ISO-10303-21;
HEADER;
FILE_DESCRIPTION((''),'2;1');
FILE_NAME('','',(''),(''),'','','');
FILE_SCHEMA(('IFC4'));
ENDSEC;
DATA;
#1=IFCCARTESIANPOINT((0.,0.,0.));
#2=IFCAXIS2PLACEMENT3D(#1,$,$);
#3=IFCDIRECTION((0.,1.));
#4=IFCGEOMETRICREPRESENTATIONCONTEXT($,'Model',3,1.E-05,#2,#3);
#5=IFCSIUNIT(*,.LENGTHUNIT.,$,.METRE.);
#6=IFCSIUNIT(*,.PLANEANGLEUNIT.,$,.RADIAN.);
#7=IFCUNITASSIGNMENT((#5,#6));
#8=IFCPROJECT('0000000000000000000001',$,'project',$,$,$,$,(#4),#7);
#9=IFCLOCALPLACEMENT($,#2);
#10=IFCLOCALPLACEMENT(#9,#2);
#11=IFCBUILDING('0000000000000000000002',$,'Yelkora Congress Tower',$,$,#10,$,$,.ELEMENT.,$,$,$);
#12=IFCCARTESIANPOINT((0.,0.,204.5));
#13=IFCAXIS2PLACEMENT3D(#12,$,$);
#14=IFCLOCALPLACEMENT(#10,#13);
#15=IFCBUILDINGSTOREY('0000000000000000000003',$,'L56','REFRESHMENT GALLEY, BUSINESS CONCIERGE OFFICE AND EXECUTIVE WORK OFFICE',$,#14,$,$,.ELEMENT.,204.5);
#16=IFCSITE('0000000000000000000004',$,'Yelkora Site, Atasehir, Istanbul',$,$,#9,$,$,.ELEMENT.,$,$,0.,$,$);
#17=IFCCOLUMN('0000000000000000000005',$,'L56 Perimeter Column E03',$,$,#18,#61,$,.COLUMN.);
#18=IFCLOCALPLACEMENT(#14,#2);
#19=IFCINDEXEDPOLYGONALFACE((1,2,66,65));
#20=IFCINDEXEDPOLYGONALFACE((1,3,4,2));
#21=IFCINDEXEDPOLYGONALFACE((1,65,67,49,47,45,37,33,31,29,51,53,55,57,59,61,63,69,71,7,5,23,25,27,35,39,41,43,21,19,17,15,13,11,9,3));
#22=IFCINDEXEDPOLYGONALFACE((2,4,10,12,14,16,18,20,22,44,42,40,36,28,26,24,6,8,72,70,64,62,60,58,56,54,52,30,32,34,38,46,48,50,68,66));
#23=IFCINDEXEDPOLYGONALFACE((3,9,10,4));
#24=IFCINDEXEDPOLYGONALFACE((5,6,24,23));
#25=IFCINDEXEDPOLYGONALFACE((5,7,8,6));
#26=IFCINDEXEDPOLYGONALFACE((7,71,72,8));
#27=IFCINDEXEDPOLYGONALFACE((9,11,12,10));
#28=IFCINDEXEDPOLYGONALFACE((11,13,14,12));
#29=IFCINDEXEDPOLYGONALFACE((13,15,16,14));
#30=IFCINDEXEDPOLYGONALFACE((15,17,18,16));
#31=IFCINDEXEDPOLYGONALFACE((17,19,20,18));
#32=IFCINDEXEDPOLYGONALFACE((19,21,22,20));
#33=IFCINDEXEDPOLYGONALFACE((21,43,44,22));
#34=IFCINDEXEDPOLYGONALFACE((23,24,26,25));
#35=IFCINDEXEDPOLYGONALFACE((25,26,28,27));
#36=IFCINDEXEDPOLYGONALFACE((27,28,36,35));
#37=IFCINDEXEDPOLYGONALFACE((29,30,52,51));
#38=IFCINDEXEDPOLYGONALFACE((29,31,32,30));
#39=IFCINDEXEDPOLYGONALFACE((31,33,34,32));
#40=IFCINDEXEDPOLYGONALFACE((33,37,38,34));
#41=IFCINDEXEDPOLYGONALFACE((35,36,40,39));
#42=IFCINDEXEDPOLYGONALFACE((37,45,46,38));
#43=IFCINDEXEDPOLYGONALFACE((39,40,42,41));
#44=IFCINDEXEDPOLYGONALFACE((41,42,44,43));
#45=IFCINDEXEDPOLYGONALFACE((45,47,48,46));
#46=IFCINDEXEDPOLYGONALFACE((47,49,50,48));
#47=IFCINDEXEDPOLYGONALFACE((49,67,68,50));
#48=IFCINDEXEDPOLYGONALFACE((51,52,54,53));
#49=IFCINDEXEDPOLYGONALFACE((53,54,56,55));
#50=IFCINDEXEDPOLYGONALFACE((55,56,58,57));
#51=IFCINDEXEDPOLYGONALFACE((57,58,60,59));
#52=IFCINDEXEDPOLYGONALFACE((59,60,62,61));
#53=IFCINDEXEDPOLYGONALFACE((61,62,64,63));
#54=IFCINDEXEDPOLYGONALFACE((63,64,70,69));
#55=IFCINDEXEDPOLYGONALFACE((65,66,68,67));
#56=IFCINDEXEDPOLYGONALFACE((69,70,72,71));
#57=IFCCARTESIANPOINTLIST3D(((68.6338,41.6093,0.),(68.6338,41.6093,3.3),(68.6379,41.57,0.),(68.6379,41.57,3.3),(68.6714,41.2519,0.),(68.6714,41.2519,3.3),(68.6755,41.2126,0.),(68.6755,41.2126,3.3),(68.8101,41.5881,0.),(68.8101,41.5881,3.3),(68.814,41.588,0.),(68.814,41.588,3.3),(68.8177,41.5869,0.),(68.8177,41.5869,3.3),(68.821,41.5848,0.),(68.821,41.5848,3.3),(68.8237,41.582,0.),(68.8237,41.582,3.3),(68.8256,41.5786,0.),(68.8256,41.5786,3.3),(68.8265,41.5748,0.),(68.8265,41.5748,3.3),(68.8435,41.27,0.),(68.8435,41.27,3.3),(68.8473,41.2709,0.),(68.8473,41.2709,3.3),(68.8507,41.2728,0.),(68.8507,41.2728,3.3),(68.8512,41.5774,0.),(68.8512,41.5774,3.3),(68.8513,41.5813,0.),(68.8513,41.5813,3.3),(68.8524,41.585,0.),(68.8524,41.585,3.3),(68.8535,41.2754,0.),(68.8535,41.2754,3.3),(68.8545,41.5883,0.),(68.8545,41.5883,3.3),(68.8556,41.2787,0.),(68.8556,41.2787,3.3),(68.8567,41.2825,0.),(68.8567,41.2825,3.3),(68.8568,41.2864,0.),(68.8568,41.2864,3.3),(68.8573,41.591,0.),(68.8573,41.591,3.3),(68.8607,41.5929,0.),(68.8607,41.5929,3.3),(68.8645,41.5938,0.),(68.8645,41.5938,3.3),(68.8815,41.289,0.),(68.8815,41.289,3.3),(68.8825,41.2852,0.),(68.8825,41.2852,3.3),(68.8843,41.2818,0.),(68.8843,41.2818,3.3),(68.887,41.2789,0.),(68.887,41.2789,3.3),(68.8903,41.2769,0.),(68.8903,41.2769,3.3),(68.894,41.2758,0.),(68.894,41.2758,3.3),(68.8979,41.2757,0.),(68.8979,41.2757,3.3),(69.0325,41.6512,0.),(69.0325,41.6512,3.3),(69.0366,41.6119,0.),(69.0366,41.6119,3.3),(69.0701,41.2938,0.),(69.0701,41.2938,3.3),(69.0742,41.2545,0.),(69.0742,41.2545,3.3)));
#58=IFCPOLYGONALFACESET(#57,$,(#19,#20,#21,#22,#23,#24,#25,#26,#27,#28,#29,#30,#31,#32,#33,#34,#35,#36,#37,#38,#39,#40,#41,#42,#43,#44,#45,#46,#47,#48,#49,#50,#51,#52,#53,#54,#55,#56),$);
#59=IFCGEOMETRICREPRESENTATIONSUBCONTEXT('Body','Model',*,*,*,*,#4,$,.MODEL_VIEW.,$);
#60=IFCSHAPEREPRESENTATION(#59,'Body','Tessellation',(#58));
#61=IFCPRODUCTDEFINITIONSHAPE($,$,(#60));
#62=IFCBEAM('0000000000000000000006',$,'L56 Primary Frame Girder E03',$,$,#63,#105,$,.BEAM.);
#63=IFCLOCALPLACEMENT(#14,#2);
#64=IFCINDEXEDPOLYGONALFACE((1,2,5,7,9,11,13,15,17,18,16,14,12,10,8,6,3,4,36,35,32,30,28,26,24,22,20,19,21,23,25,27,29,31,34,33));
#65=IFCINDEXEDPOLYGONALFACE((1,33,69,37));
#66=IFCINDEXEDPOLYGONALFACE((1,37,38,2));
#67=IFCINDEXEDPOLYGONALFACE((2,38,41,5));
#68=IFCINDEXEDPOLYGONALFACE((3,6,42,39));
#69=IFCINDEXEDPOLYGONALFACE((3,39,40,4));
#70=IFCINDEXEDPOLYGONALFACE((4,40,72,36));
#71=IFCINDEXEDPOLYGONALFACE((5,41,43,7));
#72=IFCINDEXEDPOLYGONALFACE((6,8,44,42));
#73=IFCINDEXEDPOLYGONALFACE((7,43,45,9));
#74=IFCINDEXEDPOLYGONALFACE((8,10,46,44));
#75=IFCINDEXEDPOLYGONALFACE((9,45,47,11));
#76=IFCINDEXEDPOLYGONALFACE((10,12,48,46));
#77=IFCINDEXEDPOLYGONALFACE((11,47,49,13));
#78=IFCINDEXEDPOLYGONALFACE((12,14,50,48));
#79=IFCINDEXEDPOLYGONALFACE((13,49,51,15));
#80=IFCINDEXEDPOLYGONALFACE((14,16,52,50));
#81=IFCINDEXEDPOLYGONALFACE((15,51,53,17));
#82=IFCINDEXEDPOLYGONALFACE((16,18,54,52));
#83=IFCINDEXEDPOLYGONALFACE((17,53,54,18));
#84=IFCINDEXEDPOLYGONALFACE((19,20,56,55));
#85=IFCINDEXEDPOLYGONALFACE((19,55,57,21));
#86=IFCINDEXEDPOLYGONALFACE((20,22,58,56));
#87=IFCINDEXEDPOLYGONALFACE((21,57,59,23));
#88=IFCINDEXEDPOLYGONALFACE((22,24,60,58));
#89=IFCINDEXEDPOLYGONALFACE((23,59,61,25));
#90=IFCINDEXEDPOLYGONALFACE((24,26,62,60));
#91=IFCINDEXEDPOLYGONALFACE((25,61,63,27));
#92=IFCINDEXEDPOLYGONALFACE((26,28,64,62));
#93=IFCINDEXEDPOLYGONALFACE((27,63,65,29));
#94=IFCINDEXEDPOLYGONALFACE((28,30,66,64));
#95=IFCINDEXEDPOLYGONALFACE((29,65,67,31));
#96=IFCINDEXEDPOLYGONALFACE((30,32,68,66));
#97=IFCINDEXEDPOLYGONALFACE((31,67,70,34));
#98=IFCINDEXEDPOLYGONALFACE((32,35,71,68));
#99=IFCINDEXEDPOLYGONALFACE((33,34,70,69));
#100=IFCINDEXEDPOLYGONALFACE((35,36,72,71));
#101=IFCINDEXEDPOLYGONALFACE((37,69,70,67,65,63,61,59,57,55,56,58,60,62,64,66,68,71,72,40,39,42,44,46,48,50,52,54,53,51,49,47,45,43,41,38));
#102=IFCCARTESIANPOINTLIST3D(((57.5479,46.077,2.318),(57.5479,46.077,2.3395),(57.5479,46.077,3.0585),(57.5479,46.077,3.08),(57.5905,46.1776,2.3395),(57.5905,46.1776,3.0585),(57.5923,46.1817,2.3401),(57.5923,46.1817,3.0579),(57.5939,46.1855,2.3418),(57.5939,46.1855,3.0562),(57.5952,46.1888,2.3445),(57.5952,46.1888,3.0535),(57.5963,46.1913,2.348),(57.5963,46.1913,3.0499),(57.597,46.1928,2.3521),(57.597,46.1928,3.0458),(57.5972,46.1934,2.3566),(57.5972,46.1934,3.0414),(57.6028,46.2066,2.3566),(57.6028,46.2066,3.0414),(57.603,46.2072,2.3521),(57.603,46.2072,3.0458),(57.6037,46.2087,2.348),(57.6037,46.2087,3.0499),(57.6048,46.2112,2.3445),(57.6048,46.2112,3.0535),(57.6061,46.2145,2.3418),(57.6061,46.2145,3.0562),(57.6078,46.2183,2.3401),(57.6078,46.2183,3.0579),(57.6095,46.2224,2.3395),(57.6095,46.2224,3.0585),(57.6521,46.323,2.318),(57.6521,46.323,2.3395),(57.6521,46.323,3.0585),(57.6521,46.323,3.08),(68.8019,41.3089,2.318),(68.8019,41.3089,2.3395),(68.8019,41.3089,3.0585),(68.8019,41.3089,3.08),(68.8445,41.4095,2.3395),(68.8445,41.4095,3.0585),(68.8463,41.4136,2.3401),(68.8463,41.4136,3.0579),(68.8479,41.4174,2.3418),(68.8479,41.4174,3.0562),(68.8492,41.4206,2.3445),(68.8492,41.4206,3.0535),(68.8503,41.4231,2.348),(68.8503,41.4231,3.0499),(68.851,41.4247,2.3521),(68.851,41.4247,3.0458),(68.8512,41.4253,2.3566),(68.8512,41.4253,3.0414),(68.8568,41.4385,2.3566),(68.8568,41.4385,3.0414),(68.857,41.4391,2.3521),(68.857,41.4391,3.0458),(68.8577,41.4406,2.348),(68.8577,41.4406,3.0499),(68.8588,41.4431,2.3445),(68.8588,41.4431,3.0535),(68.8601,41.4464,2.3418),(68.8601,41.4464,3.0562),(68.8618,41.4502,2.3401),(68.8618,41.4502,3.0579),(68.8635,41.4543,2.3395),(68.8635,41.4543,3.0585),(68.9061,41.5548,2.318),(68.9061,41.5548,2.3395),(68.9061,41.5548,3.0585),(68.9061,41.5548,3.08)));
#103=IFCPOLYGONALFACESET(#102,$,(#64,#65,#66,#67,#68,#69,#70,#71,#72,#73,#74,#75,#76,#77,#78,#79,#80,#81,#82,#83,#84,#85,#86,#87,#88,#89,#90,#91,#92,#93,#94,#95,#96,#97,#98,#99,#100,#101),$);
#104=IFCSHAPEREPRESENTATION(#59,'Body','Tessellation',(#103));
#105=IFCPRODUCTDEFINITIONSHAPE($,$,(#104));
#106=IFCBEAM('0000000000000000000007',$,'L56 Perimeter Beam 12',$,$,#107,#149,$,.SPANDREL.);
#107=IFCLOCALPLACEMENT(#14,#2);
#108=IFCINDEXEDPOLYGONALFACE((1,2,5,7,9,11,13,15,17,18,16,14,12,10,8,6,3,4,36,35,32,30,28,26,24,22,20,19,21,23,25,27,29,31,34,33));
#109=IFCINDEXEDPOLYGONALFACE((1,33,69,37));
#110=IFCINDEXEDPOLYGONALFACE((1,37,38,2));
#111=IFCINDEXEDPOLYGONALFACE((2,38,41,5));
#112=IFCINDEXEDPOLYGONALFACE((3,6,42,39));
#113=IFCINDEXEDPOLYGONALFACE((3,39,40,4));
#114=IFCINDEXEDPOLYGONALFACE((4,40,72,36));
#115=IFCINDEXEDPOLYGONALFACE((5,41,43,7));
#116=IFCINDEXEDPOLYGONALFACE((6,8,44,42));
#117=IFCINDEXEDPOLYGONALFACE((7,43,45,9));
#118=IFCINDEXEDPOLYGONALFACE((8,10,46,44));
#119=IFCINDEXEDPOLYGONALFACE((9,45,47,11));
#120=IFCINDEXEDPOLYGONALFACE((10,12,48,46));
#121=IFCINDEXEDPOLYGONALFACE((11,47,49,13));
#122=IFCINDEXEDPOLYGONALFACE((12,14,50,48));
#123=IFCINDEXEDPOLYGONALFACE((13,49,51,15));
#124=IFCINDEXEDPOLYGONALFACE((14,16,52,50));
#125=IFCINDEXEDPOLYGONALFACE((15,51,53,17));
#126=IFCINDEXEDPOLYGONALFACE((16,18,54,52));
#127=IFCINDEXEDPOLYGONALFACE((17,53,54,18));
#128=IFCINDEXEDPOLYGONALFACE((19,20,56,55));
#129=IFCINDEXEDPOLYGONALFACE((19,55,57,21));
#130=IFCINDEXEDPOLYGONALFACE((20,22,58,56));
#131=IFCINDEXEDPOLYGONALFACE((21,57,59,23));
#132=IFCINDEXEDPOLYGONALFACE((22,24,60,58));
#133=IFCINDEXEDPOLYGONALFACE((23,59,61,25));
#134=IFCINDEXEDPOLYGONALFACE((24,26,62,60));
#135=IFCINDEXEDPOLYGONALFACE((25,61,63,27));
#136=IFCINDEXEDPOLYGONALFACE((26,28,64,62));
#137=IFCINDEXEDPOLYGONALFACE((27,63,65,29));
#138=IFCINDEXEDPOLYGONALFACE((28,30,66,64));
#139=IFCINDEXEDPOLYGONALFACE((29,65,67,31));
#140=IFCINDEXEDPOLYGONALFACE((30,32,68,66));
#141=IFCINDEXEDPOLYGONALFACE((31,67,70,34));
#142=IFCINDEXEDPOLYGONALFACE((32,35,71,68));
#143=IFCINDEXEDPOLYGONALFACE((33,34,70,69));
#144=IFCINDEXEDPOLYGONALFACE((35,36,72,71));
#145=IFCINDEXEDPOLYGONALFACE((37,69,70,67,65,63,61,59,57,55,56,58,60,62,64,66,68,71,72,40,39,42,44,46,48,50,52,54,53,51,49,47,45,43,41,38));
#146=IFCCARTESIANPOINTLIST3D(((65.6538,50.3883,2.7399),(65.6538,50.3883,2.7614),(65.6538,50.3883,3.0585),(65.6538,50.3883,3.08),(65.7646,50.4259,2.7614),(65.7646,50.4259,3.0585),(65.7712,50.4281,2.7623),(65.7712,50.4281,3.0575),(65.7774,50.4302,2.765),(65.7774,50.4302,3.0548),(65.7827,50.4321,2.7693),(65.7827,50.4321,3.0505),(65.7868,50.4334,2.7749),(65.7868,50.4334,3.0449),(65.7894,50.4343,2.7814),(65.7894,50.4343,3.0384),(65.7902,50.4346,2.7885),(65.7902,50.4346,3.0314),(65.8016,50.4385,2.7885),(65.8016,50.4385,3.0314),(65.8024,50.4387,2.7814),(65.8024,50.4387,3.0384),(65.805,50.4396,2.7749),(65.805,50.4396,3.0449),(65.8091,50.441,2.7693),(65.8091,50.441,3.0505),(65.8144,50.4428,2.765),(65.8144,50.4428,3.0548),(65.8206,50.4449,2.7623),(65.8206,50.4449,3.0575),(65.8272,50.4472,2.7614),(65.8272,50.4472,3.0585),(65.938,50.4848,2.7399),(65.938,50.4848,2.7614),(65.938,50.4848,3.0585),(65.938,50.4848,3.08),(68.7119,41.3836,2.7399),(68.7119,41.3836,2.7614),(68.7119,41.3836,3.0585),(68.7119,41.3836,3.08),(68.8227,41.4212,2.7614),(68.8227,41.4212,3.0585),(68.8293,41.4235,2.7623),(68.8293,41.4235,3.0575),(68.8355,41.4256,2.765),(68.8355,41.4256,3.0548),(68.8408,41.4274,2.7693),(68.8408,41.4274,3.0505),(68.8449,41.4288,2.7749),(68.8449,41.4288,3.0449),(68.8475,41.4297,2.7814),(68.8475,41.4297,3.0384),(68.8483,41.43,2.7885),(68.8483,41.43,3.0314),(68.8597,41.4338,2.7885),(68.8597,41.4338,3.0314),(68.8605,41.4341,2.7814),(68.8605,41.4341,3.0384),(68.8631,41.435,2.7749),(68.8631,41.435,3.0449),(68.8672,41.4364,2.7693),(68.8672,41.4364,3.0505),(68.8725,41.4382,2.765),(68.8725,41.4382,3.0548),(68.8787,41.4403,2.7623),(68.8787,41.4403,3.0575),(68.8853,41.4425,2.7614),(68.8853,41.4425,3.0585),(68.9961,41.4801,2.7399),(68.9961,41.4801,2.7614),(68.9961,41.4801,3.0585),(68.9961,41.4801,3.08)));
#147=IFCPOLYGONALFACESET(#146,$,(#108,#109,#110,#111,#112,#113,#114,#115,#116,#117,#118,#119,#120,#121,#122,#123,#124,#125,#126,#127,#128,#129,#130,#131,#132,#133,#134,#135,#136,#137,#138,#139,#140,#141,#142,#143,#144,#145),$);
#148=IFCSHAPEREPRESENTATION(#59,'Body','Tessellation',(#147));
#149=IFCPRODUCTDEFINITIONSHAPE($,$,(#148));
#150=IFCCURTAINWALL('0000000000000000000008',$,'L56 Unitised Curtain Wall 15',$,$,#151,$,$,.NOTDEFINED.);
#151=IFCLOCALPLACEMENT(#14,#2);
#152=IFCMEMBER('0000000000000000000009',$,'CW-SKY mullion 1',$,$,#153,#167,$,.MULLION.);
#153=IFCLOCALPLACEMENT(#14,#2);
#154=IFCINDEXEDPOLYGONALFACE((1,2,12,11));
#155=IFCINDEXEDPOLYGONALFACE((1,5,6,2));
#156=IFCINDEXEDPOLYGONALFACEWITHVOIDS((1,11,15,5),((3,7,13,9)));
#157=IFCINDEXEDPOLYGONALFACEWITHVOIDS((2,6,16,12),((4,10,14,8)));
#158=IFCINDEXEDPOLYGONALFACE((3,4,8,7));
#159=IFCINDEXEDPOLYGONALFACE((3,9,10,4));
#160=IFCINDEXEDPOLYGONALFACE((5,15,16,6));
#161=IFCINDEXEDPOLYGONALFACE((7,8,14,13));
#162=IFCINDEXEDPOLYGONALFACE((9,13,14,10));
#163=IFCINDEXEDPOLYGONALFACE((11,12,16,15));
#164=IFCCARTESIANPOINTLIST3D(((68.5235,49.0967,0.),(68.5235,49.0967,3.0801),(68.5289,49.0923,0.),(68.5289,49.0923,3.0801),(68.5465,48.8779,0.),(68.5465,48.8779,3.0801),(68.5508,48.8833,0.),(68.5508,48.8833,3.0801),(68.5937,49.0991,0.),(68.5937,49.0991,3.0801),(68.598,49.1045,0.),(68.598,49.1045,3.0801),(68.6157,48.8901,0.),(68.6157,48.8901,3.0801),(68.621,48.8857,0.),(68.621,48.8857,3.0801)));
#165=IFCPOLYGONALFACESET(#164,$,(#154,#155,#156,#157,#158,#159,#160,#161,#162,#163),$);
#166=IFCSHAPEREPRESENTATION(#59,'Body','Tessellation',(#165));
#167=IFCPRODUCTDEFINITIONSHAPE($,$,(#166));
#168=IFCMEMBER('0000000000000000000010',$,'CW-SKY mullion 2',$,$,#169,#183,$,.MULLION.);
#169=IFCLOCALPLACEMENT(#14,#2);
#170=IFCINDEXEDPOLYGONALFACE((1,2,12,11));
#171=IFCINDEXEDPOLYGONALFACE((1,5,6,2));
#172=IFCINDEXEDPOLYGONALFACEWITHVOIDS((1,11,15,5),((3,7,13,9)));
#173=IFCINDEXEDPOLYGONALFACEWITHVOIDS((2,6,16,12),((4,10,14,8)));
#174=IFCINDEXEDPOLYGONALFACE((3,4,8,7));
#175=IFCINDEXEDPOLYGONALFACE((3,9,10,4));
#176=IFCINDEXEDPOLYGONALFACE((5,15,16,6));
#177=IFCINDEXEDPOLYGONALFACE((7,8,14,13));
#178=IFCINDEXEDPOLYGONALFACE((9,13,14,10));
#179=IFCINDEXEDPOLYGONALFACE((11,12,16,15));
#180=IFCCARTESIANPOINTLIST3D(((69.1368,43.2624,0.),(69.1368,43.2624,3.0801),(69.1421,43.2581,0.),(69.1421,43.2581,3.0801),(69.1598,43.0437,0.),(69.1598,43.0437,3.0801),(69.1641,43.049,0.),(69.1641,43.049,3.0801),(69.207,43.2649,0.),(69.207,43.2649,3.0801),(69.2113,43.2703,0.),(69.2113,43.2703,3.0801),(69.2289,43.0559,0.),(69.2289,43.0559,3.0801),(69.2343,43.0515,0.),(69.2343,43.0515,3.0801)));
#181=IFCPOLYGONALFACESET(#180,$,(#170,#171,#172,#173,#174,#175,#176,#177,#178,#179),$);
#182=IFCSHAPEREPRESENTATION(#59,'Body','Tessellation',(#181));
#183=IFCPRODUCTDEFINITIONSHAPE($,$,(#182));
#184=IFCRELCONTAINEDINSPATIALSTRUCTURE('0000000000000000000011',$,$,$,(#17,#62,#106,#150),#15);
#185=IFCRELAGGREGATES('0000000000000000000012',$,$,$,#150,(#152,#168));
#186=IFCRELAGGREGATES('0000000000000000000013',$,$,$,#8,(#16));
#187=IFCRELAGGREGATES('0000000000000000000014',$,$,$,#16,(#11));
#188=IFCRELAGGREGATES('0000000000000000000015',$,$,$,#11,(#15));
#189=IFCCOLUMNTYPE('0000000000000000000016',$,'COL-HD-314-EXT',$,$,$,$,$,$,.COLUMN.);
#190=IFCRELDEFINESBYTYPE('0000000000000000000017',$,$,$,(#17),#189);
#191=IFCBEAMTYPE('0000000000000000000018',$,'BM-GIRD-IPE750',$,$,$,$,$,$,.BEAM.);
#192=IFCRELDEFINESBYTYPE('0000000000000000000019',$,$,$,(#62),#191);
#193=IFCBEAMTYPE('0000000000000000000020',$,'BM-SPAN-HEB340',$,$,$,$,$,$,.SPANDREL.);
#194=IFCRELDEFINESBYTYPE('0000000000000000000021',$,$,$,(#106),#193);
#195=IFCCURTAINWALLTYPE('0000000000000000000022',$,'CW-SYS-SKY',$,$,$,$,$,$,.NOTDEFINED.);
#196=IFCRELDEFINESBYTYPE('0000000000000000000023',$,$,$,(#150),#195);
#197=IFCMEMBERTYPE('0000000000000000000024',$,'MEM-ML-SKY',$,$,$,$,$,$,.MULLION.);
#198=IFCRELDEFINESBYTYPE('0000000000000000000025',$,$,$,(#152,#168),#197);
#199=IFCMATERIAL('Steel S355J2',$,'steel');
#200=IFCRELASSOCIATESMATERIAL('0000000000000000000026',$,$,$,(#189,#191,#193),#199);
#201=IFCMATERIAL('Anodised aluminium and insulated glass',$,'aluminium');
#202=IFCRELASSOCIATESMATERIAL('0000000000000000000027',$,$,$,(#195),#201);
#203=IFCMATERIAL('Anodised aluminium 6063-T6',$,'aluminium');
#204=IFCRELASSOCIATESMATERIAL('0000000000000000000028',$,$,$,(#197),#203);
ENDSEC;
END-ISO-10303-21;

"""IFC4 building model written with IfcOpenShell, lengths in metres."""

from ifc_helpers import new_model, si_unit, direction, frame, origin, origin_2d, place, context, subcontext, project, spatial, hollow_rectangle, i_section, extrude, material, material_profile, profile_set, type_object, element, aggregate, save


model = new_model("IFC4")

# Units and contexts
model_context = context("Model", 3, precision=1e-05, world=origin(), true_north=direction((0.0, 1.0)))
body_context = subcontext(model_context, "Body", "Model", "MODEL_VIEW")
ifc_project = project(units=[si_unit("LENGTHUNIT", "METRE"), si_unit("PLANEANGLEUNIT", "RADIAN")], contexts=[model_context])

# Site, building, storey
site_placement = place(None, origin())
site = spatial("IfcSite", under=ifc_project, at=site_placement, Name="Yelkora Site, Atasehir, Istanbul", CompositionType="ELEMENT", RefElevation=0.0)
building_placement = place(site_placement, origin())
building = spatial("IfcBuilding", under=site, at=building_placement, Name="Yelkora Congress Tower", CompositionType="ELEMENT")
storey_placement = place(building_placement, frame((0.0, 0.0, 204.5)))
storey = spatial("IfcBuildingStorey", under=building, at=storey_placement, Name="L56", Description="REFRESHMENT GALLEY, BUSINESS CONCIERGE OFFICE AND EXECUTIVE WORK OFFICE", CompositionType="ELEMENT", Elevation=204.5)

# Column
ifc_material_1 = material(Name="Steel S355J2", Category="steel")
ifc_material_profile_1 = material_profile(ifc_material_1, i_section(OverallWidth=0.4009, OverallDepth=0.3989, WebThickness=0.0249, FlangeThickness=0.0396, FilletRadius=0.0149, at=origin_2d()), Name="HD 400x314")
ifc_profile_set_1 = profile_set([ifc_material_profile_1], Name="Steel S355J2")
column_type = type_object("IfcColumnType", Name="COL-HD-314-EXT", PredefinedType="COLUMN", material=ifc_profile_set_1)
column_placement = place(storey_placement, frame((68.854, 41.4319, 0.0), z_axis=(0.0, 0.0, 1.0), x_axis=(0.994522, 0.104528, 0.0)))
element("IfcColumn", 1, at=column_placement, inside=storey, type_object=column_type, Name="L56 Perimeter Column E03", PredefinedType="COLUMN", context=body_context, shape_type="SweptSolid", body=[
    extrude(i_section(OverallWidth=0.4009, OverallDepth=0.3989, WebThickness=0.0249, FlangeThickness=0.0396, FilletRadius=0.0149, at=origin_2d()), origin(), (0.0, 0.0, 1.0), 3.3),
])

# Beams
ifc_material_profile_2 = material_profile(ifc_material_1, i_section(OverallWidth=0.2671, OverallDepth=0.762, WebThickness=0.0144, FlangeThickness=0.0215, FilletRadius=0.0171, at=origin_2d()), Name="IPE 750x173")
ifc_profile_set_2 = profile_set([ifc_material_profile_2], Name="Steel S355J2")
beam_type_1 = type_object("IfcBeamType", Name="BM-GIRD-IPE750", PredefinedType="BEAM", material=ifc_profile_set_2)
beam_1_placement = place(storey_placement, frame((68.854, 41.4319, 2.699), z_axis=(-0.920768, 0.390112, 0.0), x_axis=(-0.390112, -0.920768, 0.0)))
element("IfcBeam", 2, at=beam_1_placement, inside=storey, type_object=beam_type_1, Name="L56 Primary Frame Girder E03", PredefinedType="BEAM", context=body_context, shape_type="SweptSolid", body=[
    extrude(i_section(OverallWidth=0.2671, OverallDepth=0.762, WebThickness=0.0144, FlangeThickness=0.0215, FilletRadius=0.0171, at=origin_2d()), origin(), (0.0, 0.0, 1.0), 12.2224),
])
ifc_material_profile_3 = material_profile(ifc_material_1, i_section(OverallWidth=0.3, OverallDepth=0.3401, WebThickness=0.012, FlangeThickness=0.0215, FilletRadius=0.0271, at=origin_2d()), Name="HEB 340")
ifc_profile_set_3 = profile_set([ifc_material_profile_3], Name="Steel S355J2")
beam_type_2 = type_object("IfcBeamType", Name="BM-SPAN-HEB340", PredefinedType="SPANDREL", material=ifc_profile_set_3)
beam_2_placement = place(storey_placement, frame((68.854, 41.4319, 2.9099), z_axis=(-0.321575, 0.946884, 0.0), x_axis=(-0.946884, -0.321575, 0.0)))
element("IfcBeam", 3, at=beam_2_placement, inside=storey, type_object=beam_type_2, Name="L56 Perimeter Beam 12", PredefinedType="SPANDREL", context=body_context, shape_type="SweptSolid", body=[
    extrude(i_section(OverallWidth=0.3, OverallDepth=0.3401, WebThickness=0.012, FlangeThickness=0.0215, FilletRadius=0.0271, at=origin_2d()), origin(), (0.0, 0.0, 1.0), 9.5098),
])

# Curtain wall, members
ifc_material_2 = material(Name="Anodised aluminium and insulated glass", Category="aluminium")
curtain_wall_type = type_object("IfcCurtainWallType", Name="CW-SYS-SKY", PredefinedType="NOTDEFINED", material=ifc_material_2)
curtain_wall_placement = place(storey_placement, origin())
curtain_wall = element("IfcCurtainWall", 4, at=curtain_wall_placement, inside=storey, type_object=curtain_wall_type, Name="L56 Unitised Curtain Wall 15", PredefinedType="NOTDEFINED")
ifc_material_3 = material(Name="Anodised aluminium 6063-T6", Category="aluminium")
ifc_material_profile_4 = material_profile(ifc_material_3, hollow_rectangle(XDim=0.075, YDim=0.22, WallThickness=0.0049, at=origin_2d()), Name="ALU 75x220x5")
ifc_profile_set_4 = profile_set([ifc_material_profile_4], Name="Anodised aluminium 6063-T6")
member_type_1 = type_object("IfcMemberType", Name="MEM-ML-SKY", PredefinedType="MULLION", material=ifc_profile_set_4)
member_1_placement = place(storey_placement, frame((68.5723, 48.9912, 0.0), z_axis=(0.0, 0.0, 1.0), x_axis=(0.994522, 0.104526, 0.0)))
member_1 = element("IfcMember", 5, at=member_1_placement, type_object=member_type_1, Name="CW-SKY mullion 1", PredefinedType="MULLION", context=body_context, shape_type="SweptSolid", body=[
    extrude(hollow_rectangle(XDim=0.075, YDim=0.22, WallThickness=0.0049, at=origin_2d()), origin(), (0.0, 0.0, 1.0), 3.0801),
])
member_2_placement = place(storey_placement, frame((69.1855, 43.157, 0.0), z_axis=(0.0, 0.0, 1.0), x_axis=(0.994522, 0.104526, 0.0)))
member_2 = element("IfcMember", 6, at=member_2_placement, type_object=member_type_1, Name="CW-SKY mullion 2", PredefinedType="MULLION", context=body_context, shape_type="SweptSolid", body=[
    extrude(hollow_rectangle(XDim=0.075, YDim=0.22, WallThickness=0.0049, at=origin_2d()), origin(), (0.0, 0.0, 1.0), 3.0801),
])
aggregate(curtain_wall, [member_1, member_2])

save(model, "model.ifc")
